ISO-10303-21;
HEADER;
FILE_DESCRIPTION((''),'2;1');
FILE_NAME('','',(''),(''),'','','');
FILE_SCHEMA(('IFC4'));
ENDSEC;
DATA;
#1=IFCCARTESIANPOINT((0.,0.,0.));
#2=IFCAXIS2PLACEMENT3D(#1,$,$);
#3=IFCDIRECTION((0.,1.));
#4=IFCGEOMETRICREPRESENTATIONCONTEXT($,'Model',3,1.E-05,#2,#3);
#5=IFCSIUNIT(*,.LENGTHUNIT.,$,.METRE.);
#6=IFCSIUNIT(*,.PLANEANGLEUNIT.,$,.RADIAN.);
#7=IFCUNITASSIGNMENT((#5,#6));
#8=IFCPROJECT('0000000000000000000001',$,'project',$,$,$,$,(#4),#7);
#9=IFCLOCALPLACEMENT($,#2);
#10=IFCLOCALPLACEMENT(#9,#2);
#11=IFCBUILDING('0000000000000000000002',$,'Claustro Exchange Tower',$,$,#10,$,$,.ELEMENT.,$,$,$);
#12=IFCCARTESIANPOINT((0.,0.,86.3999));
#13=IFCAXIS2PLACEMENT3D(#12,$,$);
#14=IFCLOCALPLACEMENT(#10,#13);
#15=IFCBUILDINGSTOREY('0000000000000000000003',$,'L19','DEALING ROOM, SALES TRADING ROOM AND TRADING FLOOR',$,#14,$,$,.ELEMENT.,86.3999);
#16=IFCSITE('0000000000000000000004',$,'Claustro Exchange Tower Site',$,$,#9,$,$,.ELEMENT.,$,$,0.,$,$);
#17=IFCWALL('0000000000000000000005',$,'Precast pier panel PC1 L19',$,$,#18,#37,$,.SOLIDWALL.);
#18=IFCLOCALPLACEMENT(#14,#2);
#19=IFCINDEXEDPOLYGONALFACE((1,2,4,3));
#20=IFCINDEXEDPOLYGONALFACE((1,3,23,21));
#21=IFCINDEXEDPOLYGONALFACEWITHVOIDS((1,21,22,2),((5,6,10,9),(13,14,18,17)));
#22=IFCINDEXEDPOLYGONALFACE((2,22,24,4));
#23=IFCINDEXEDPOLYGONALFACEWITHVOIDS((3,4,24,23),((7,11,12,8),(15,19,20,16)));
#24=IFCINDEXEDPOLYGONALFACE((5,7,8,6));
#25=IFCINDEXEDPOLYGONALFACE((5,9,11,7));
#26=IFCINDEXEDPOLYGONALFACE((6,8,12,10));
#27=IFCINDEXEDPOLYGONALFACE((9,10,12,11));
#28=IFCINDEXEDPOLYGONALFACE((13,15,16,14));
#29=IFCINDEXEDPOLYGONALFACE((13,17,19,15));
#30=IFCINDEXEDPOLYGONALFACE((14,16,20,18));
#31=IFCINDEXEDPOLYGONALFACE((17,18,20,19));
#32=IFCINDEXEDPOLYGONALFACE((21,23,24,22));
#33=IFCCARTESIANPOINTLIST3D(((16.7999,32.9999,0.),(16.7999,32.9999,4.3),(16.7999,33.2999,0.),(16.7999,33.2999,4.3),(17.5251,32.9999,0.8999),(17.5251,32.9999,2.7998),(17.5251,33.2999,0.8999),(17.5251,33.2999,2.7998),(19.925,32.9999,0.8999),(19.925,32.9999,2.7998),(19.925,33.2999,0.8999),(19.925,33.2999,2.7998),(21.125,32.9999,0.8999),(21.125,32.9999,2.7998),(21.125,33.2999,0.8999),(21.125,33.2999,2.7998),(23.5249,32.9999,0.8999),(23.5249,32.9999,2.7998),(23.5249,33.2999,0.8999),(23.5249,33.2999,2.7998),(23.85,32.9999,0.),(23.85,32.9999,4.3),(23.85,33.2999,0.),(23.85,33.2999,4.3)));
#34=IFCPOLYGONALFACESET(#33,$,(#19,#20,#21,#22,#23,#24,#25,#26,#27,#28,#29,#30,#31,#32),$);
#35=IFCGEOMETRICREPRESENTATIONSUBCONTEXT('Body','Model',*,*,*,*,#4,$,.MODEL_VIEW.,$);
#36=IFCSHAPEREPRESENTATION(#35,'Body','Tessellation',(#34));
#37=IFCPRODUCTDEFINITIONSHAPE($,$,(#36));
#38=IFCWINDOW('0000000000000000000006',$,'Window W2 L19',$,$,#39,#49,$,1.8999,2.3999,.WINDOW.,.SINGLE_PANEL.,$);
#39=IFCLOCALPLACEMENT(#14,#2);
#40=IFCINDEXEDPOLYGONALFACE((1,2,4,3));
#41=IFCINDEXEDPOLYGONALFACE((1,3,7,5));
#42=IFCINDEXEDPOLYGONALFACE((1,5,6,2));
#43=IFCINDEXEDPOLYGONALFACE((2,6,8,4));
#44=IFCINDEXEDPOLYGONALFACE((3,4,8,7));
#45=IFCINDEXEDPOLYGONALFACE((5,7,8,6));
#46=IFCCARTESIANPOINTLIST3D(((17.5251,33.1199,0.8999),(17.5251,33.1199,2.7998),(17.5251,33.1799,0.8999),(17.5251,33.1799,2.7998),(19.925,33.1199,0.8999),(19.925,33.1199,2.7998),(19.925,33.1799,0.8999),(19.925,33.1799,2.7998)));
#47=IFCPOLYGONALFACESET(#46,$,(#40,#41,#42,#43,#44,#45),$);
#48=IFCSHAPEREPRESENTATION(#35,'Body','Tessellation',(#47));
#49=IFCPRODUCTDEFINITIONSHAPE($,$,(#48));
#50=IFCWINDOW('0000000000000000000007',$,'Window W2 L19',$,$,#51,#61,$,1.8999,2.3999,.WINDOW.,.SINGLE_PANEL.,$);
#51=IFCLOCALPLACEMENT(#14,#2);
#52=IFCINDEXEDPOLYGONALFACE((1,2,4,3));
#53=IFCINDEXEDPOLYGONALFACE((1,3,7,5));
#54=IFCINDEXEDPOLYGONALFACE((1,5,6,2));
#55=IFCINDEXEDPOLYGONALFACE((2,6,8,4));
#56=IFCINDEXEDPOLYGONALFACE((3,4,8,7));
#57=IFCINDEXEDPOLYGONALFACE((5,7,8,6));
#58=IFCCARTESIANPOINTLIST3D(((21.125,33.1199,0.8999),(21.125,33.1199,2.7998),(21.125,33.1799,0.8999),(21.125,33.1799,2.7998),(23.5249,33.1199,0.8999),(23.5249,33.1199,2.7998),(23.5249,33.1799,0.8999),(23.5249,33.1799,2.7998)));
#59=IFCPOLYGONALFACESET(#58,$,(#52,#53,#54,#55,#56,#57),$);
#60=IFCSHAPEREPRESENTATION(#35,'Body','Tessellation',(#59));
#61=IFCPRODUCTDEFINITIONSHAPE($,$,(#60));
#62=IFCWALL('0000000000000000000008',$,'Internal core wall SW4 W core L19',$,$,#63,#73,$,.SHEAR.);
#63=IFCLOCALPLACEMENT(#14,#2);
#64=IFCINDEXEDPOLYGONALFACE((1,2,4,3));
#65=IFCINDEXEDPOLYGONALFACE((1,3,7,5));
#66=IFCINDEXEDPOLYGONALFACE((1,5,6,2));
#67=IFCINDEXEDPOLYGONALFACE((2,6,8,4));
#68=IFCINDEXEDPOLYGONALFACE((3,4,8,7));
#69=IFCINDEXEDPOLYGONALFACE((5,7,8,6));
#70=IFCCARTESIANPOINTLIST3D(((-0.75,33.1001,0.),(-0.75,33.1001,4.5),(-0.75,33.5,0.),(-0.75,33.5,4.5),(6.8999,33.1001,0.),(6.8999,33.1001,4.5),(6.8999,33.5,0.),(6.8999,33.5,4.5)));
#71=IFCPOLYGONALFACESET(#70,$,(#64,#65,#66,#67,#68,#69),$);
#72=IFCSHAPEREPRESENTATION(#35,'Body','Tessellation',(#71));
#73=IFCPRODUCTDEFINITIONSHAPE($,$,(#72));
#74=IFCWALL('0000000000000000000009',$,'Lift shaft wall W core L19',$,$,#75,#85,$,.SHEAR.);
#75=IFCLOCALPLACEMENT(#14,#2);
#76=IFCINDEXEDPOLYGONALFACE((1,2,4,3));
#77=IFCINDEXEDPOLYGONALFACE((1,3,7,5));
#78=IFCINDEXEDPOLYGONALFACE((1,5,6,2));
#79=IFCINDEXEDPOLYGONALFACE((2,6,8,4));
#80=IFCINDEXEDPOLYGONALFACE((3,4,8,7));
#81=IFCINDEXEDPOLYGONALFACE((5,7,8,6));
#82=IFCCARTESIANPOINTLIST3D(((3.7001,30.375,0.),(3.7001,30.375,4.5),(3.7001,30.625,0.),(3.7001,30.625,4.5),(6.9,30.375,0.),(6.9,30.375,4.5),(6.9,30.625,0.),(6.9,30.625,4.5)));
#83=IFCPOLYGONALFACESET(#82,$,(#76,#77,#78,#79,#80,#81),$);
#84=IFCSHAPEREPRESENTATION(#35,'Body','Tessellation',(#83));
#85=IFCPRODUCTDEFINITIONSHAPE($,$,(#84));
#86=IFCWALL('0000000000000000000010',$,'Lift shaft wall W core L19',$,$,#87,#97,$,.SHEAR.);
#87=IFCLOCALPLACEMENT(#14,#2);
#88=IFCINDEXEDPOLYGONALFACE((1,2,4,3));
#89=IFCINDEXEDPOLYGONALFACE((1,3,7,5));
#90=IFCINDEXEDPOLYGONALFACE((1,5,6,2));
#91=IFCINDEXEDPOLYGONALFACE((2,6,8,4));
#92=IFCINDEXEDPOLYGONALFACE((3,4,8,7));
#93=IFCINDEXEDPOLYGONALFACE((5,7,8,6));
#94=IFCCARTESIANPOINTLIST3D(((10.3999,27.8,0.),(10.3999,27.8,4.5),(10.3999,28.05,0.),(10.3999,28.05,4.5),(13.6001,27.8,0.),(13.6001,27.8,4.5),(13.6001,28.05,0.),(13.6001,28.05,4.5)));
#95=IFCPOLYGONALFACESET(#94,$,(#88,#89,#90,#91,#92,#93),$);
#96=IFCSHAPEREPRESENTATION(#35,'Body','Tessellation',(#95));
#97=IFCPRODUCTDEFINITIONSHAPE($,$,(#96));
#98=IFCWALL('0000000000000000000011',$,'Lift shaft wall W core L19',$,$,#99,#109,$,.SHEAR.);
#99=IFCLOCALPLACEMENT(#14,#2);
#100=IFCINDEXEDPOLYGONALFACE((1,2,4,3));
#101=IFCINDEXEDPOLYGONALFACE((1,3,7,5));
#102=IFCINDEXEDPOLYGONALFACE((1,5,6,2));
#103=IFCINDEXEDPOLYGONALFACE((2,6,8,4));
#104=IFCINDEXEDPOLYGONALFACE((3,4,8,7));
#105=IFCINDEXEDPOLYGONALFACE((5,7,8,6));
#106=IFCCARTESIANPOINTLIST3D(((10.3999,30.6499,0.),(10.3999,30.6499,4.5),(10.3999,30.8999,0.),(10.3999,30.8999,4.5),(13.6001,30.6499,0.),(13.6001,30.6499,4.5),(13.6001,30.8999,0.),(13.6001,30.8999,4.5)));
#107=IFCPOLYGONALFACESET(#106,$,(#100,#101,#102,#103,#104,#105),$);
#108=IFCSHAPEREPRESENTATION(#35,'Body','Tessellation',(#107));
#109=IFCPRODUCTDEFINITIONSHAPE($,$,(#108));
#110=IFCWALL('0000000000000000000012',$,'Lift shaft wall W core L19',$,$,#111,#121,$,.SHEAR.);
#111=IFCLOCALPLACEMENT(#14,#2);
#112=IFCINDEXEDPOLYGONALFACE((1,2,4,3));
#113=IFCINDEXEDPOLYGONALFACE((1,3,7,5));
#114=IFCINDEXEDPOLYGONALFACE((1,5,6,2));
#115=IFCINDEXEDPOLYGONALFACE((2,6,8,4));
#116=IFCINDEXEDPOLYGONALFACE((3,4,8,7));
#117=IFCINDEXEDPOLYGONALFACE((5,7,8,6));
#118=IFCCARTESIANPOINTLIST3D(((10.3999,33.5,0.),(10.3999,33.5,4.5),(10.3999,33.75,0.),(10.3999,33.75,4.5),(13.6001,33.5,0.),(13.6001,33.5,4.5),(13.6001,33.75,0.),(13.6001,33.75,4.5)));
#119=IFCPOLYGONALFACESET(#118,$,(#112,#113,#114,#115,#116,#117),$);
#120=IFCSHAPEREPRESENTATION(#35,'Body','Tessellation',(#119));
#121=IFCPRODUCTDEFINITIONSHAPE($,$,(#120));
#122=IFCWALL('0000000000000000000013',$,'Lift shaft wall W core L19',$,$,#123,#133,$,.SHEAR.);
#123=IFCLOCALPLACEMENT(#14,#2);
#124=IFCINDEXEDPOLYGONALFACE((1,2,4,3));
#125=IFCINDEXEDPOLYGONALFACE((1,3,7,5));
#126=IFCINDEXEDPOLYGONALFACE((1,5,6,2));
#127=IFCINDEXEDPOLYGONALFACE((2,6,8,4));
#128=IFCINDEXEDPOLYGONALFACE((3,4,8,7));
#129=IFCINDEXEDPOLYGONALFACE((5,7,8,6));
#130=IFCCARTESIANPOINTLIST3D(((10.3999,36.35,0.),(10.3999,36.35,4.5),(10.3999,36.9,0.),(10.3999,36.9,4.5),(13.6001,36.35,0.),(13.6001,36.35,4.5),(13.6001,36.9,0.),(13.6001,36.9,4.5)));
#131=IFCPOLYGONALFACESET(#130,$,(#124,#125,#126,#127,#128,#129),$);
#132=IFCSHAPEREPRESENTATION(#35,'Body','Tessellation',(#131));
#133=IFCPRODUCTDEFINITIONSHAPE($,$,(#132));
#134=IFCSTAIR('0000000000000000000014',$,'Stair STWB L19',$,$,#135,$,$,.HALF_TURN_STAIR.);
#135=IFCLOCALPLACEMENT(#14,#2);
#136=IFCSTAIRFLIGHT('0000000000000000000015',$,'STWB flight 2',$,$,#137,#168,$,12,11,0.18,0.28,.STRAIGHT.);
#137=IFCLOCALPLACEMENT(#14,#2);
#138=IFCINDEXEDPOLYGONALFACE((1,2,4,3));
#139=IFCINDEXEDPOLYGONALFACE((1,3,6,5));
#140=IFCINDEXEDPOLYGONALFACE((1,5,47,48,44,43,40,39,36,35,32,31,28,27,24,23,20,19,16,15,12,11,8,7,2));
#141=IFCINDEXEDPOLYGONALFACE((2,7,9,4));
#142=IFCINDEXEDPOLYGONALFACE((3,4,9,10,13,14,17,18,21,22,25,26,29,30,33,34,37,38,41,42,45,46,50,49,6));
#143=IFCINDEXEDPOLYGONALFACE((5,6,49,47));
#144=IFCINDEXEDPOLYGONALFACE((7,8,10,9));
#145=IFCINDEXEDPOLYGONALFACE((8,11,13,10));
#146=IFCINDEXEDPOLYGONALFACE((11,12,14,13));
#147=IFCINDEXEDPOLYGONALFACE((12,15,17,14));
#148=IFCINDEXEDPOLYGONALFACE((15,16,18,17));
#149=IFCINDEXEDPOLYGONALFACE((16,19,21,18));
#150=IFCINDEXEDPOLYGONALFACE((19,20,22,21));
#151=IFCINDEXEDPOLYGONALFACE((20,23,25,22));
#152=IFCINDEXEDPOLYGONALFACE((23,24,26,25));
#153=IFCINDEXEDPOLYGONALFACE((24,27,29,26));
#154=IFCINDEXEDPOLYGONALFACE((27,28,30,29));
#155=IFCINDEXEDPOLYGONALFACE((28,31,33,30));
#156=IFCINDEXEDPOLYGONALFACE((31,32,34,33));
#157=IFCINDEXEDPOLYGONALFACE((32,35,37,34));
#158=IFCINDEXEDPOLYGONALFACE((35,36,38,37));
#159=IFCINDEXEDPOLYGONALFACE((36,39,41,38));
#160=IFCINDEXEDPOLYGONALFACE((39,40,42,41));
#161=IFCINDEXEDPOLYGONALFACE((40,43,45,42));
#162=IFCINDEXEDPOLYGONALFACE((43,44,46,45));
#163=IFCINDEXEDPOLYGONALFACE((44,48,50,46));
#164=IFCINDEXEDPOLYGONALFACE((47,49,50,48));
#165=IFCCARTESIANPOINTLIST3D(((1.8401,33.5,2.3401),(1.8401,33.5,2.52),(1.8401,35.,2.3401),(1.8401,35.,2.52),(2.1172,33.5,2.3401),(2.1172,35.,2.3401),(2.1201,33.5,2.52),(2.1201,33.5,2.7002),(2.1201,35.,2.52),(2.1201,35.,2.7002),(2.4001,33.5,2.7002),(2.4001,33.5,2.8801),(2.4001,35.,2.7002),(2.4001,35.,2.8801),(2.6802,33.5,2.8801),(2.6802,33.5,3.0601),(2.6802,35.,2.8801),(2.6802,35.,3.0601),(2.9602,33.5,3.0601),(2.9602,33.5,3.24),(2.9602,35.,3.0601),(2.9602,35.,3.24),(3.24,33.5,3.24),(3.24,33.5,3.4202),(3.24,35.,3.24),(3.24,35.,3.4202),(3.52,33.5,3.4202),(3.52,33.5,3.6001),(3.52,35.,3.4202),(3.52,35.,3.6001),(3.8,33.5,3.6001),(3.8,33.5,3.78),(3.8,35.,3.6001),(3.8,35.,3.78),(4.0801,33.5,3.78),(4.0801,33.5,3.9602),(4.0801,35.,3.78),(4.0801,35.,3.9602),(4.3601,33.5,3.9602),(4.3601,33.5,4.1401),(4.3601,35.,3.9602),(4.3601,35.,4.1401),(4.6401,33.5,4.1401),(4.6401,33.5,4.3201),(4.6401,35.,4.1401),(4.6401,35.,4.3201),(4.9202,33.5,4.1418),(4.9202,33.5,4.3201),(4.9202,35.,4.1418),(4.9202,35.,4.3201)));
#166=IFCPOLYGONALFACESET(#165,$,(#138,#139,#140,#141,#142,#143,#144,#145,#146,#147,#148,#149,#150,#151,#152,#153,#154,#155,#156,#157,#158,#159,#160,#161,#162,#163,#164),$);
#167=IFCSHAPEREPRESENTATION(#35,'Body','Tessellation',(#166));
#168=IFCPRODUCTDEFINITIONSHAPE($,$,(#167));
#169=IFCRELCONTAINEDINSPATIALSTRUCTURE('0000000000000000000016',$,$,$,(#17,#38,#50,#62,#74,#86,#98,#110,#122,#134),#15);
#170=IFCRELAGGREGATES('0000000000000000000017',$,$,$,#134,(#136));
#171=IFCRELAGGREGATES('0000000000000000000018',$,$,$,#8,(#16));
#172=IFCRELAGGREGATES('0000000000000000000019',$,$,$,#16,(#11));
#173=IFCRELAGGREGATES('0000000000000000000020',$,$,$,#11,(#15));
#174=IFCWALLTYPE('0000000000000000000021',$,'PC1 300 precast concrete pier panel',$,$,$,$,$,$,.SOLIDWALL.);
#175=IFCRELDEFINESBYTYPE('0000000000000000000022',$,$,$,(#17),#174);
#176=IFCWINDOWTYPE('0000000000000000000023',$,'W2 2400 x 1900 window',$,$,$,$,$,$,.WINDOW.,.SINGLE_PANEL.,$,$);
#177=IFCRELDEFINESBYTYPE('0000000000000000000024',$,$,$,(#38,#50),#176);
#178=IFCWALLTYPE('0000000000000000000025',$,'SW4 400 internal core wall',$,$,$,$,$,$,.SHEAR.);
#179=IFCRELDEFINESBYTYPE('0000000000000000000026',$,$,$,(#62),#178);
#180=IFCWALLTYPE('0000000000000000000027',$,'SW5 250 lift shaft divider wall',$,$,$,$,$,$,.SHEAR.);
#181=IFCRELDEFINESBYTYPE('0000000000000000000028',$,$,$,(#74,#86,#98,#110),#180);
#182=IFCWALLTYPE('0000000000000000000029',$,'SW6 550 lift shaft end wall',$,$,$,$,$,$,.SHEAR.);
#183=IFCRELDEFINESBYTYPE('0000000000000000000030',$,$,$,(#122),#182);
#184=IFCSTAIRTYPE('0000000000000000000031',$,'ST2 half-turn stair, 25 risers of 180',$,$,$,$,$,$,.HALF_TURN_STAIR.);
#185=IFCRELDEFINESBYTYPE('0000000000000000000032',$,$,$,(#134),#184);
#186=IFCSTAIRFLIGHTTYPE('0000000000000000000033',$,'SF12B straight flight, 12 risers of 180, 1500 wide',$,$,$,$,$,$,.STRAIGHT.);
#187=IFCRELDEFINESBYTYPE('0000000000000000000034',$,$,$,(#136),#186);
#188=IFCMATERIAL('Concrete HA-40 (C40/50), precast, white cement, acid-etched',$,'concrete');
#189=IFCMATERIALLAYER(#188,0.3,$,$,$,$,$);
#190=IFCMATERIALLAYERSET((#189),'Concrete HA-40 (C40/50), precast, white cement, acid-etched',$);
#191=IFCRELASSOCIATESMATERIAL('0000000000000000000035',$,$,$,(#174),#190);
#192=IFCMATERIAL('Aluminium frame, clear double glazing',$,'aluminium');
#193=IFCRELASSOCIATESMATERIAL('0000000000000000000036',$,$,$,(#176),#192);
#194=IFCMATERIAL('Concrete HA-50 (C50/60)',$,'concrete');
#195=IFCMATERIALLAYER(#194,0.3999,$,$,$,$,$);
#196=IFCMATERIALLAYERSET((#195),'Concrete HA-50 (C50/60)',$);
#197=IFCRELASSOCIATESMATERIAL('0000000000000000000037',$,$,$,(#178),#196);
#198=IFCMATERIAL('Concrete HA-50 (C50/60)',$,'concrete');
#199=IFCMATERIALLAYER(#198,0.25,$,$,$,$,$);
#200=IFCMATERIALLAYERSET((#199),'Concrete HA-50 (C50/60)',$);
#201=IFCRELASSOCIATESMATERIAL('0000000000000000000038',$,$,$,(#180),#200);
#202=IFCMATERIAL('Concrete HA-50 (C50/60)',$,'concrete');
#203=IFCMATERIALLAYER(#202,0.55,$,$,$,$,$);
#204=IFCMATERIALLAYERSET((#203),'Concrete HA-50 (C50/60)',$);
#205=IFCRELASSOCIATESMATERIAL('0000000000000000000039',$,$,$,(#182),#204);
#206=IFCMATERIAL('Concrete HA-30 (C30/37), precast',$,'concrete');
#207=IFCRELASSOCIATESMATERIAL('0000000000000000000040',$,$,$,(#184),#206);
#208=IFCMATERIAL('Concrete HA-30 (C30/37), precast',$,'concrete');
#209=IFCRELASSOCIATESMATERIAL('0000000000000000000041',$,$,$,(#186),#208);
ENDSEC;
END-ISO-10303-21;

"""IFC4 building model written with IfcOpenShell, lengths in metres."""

from ifc_helpers import new_model, si_unit, direction, frame, frame_2d, origin, place, context, subcontext, project, spatial, polyline, rectangle, outline, extrude, material, layer, layer_set, type_object, element, fill, aggregate, save


model = new_model("IFC4")

# Units and contexts
model_context = context("Model", 3, precision=1e-05, world=origin(), true_north=direction((0.0, 1.0)))
body_context = subcontext(model_context, "Body", "Model", "MODEL_VIEW")
ifc_project = project(units=[si_unit("LENGTHUNIT", "METRE"), si_unit("PLANEANGLEUNIT", "RADIAN")], contexts=[model_context])

# Site, building, storey
site_placement = place(None, origin())
site = spatial("IfcSite", under=ifc_project, at=site_placement, Name="Claustro Exchange Tower Site", CompositionType="ELEMENT", RefElevation=0.0)
building_placement = place(site_placement, origin())
building = spatial("IfcBuilding", under=site, at=building_placement, Name="Claustro Exchange Tower", CompositionType="ELEMENT")
storey_placement = place(building_placement, frame((0.0, 0.0, 86.3999)))
storey = spatial("IfcBuildingStorey", under=building, at=storey_placement, Name="L19", Description="DEALING ROOM, SALES TRADING ROOM AND TRADING FLOOR", CompositionType="ELEMENT", Elevation=86.3999)

# Wall, openings, windows
ifc_material_1 = material(Name="Concrete HA-40 (C40/50), precast, white cement, acid-etched", Category="concrete")
ifc_layer_1 = layer(ifc_material_1, 0.3)
ifc_layer_set_1 = layer_set([ifc_layer_1], Name="Concrete HA-40 (C40/50), precast, white cement, acid-etched")
wall_type_1 = type_object("IfcWallType", Name="PC1 300 precast concrete pier panel", PredefinedType="SOLIDWALL", material=ifc_layer_set_1)
wall_1_placement = place(storey_placement, frame((16.8, 33.1499, 0.0), z_axis=(0.0, 0.0, 1.0), x_axis=(1.0, 0.0, 0.0)))
wall_1 = element("IfcWall", 1, at=wall_1_placement, inside=storey, type_object=wall_type_1, Name="Precast pier panel PC1 L19", PredefinedType="SOLIDWALL", context=body_context, shape_type="SweptSolid", body=[
    extrude(rectangle(XDim=7.05, YDim=0.3, at=frame_2d((3.5249, 0.0))), origin(), (0.0, 0.0, 1.0), 4.3),
])
opening_1_placement = place(wall_1_placement, frame((0.7251, 0.0, 0.8999)))
opening_1 = element("IfcOpeningElement", 2, at=opening_1_placement, cuts=wall_1, PredefinedType="OPENING", context=body_context, shape_type="SweptSolid", body=[
    extrude(rectangle(XDim=2.3999, YDim=1.8999, at=frame_2d((1.2, 0.95))), frame((0.0, 0.1599, 0.0), z_axis=(0.0, -1.0, 0.0), x_axis=(1.0, 0.0, 0.0)), (0.0, 0.0, 1.0), 0.3201),
])
opening_2_placement = place(wall_1_placement, frame((4.325, 0.0, 0.8999)))
opening_2 = element("IfcOpeningElement", 3, at=opening_2_placement, cuts=wall_1, PredefinedType="OPENING", context=body_context, shape_type="SweptSolid", body=[
    extrude(rectangle(XDim=2.3999, YDim=1.8999, at=frame_2d((1.2, 0.95))), frame((0.0, 0.1599, 0.0), z_axis=(0.0, -1.0, 0.0), x_axis=(1.0, 0.0, 0.0)), (0.0, 0.0, 1.0), 0.3201),
])
ifc_material_2 = material(Name="Aluminium frame, clear double glazing", Category="aluminium")
window_type = type_object("IfcWindowType", Name="W2 2400 x 1900 window", PartitioningType="SINGLE_PANEL", PredefinedType="WINDOW", material=ifc_material_2)
window_1_placement = place(opening_1_placement, origin())
window_1 = element("IfcWindow", 4, at=window_1_placement, inside=storey, type_object=window_type, Name="Window W2 L19", OverallHeight=1.8999, OverallWidth=2.3999, PartitioningType="SINGLE_PANEL", PredefinedType="WINDOW", context=body_context, shape_type="SweptSolid", body=[
    extrude(rectangle(XDim=2.3999, YDim=1.8999, at=frame_2d((1.2, 0.95))), frame((0.0, 0.03, 0.0), z_axis=(0.0, -1.0, 0.0), x_axis=(1.0, 0.0, 0.0)), (0.0, 0.0, 1.0), 0.0601),
])
fill(opening_1, window_1)
window_2_placement = place(opening_2_placement, origin())
window_2 = element("IfcWindow", 5, at=window_2_placement, inside=storey, type_object=window_type, Name="Window W2 L19", OverallHeight=1.8999, OverallWidth=2.3999, PartitioningType="SINGLE_PANEL", PredefinedType="WINDOW", context=body_context, shape_type="SweptSolid", body=[
    extrude(rectangle(XDim=2.3999, YDim=1.8999, at=frame_2d((1.2, 0.95))), frame((0.0, 0.03, 0.0), z_axis=(0.0, -1.0, 0.0), x_axis=(1.0, 0.0, 0.0)), (0.0, 0.0, 1.0), 0.0601),
])
fill(opening_2, window_2)

# Walls
ifc_material_3 = material(Name="Concrete HA-50 (C50/60)", Category="concrete")
ifc_layer_2 = layer(ifc_material_3, 0.3999)
ifc_layer_set_2 = layer_set([ifc_layer_2], Name="Concrete HA-50 (C50/60)")
wall_type_2 = type_object("IfcWallType", Name="SW4 400 internal core wall", PredefinedType="SHEAR", material=ifc_layer_set_2)
wall_2_placement = place(storey_placement, frame((-0.75, 33.3, 0.0), z_axis=(0.0, 0.0, 1.0), x_axis=(1.0, 0.0, 0.0)))
element("IfcWall", 6, at=wall_2_placement, inside=storey, type_object=wall_type_2, Name="Internal core wall SW4 W core L19", PredefinedType="SHEAR", context=body_context, shape_type="SweptSolid", body=[
    extrude(rectangle(XDim=7.6499, YDim=0.3999, at=frame_2d((3.825, 0.0))), origin(), (0.0, 0.0, 1.0), 4.5),
])
ifc_material_4 = material(Name="Concrete HA-50 (C50/60)", Category="concrete")
ifc_layer_3 = layer(ifc_material_4, 0.25)
ifc_layer_set_3 = layer_set([ifc_layer_3], Name="Concrete HA-50 (C50/60)")
wall_type_3 = type_object("IfcWallType", Name="SW5 250 lift shaft divider wall", PredefinedType="SHEAR", material=ifc_layer_set_3)
wall_3_placement = place(storey_placement, frame((3.7, 30.5, 0.0), z_axis=(0.0, 0.0, 1.0), x_axis=(1.0, 0.0, 0.0)))
element("IfcWall", 7, at=wall_3_placement, inside=storey, type_object=wall_type_3, Name="Lift shaft wall W core L19", PredefinedType="SHEAR", context=body_context, shape_type="SweptSolid", body=[
    extrude(rectangle(XDim=3.2, YDim=0.25, at=frame_2d((1.6001, 0.0))), origin(), (0.0, 0.0, 1.0), 4.5),
])
for number, where, z_axis, x_axis, name in (
    (8, (10.3999, 27.925, 0.0), (0.0, 0.0, 1.0), (1.0, 0.0, 0.0), "Lift shaft wall W core L19"),
    (9, (10.3999, 30.7749, 0.0), (0.0, 0.0, 1.0), (1.0, 0.0, 0.0), "Lift shaft wall W core L19"),
    (10, (10.3999, 33.625, 0.0), (0.0, 0.0, 1.0), (1.0, 0.0, 0.0), "Lift shaft wall W core L19"),
):
    element("IfcWall", number, at=place(storey_placement, frame(where, z_axis=z_axis, x_axis=x_axis)), inside=storey, type_object=wall_type_3, Name=name, PredefinedType="SHEAR", context=body_context, shape_type="SweptSolid", body=[
        extrude(rectangle(XDim=3.2002, YDim=0.25, at=frame_2d((1.6001, 0.0))), origin(), (0.0, 0.0, 1.0), 4.5),
    ])
ifc_material_5 = material(Name="Concrete HA-50 (C50/60)", Category="concrete")
ifc_layer_4 = layer(ifc_material_5, 0.55)
ifc_layer_set_4 = layer_set([ifc_layer_4], Name="Concrete HA-50 (C50/60)")
wall_type_4 = type_object("IfcWallType", Name="SW6 550 lift shaft end wall", PredefinedType="SHEAR", material=ifc_layer_set_4)
wall_4_placement = place(storey_placement, frame((10.3999, 36.625, 0.0), z_axis=(0.0, 0.0, 1.0), x_axis=(1.0, 0.0, 0.0)))
element("IfcWall", 11, at=wall_4_placement, inside=storey, type_object=wall_type_4, Name="Lift shaft wall W core L19", PredefinedType="SHEAR", context=body_context, shape_type="SweptSolid", body=[
    extrude(rectangle(XDim=3.2002, YDim=0.55, at=frame_2d((1.6001, 0.0))), origin(), (0.0, 0.0, 1.0), 4.5),
])

# Stair, stair flight
ifc_material_6 = material(Name="Concrete HA-30 (C30/37), precast", Category="concrete")
stair_type = type_object("IfcStairType", Name="ST2 half-turn stair, 25 risers of 180", PredefinedType="HALF_TURN_STAIR", material=ifc_material_6)
stair_placement = place(storey_placement, origin())
stair = element("IfcStair", 12, at=stair_placement, inside=storey, type_object=stair_type, Name="Stair STWB L19", PredefinedType="HALF_TURN_STAIR")
ifc_material_7 = material(Name="Concrete HA-30 (C30/37), precast", Category="concrete")
stair_flight_type_1 = type_object("IfcStairFlightType", Name="SF12B straight flight, 12 risers of 180, 1500 wide", PredefinedType="STRAIGHT", material=ifc_material_7)
stair_flight_1_placement = place(storey_placement, frame((1.8401, 34.25, 2.3401), z_axis=(0.0, 0.0, 1.0), x_axis=(1.0, 0.0, 0.0)))
stair_flight_1 = element("IfcStairFlight", 13, at=stair_flight_1_placement, type_object=stair_flight_type_1, Name="STWB flight 2", NumberOfRisers=12, NumberOfTreads=11, PredefinedType="STRAIGHT", RiserHeight=0.18, TreadLength=0.28, context=body_context, shape_type="SweptSolid", body=[
    extrude(outline(polyline([(0.0, 0.0), (0.0, 0.1799), (0.28, 0.1799), (0.28, 0.3601), (0.5601, 0.3601), (0.5601, 0.54), (0.8401, 0.54), (0.8401, 0.72), (1.1201, 0.72), (1.1201, 0.8999), (1.3999, 0.8999), (1.3999, 1.0801), (1.6799, 1.0801), (1.6799, 1.26), (1.96, 1.26), (1.96, 1.4399), (2.24, 1.4399), (2.24, 1.6201), (2.52, 1.6201), (2.52, 1.8), (2.8, 1.8), (2.8, 1.98), (3.0801, 1.98), (3.0801, 2.1599), (3.0801, 1.8018), (0.2771, 0.0), (0.0, 0.0)])), frame((0.0, 0.75, 0.0), z_axis=(0.0, -1.0, 0.0), x_axis=(1.0, 0.0, 0.0)), (0.0, 0.0, 1.0), 1.5),
])
aggregate(stair, [stair_flight_1])

save(model, "model.ifc")
